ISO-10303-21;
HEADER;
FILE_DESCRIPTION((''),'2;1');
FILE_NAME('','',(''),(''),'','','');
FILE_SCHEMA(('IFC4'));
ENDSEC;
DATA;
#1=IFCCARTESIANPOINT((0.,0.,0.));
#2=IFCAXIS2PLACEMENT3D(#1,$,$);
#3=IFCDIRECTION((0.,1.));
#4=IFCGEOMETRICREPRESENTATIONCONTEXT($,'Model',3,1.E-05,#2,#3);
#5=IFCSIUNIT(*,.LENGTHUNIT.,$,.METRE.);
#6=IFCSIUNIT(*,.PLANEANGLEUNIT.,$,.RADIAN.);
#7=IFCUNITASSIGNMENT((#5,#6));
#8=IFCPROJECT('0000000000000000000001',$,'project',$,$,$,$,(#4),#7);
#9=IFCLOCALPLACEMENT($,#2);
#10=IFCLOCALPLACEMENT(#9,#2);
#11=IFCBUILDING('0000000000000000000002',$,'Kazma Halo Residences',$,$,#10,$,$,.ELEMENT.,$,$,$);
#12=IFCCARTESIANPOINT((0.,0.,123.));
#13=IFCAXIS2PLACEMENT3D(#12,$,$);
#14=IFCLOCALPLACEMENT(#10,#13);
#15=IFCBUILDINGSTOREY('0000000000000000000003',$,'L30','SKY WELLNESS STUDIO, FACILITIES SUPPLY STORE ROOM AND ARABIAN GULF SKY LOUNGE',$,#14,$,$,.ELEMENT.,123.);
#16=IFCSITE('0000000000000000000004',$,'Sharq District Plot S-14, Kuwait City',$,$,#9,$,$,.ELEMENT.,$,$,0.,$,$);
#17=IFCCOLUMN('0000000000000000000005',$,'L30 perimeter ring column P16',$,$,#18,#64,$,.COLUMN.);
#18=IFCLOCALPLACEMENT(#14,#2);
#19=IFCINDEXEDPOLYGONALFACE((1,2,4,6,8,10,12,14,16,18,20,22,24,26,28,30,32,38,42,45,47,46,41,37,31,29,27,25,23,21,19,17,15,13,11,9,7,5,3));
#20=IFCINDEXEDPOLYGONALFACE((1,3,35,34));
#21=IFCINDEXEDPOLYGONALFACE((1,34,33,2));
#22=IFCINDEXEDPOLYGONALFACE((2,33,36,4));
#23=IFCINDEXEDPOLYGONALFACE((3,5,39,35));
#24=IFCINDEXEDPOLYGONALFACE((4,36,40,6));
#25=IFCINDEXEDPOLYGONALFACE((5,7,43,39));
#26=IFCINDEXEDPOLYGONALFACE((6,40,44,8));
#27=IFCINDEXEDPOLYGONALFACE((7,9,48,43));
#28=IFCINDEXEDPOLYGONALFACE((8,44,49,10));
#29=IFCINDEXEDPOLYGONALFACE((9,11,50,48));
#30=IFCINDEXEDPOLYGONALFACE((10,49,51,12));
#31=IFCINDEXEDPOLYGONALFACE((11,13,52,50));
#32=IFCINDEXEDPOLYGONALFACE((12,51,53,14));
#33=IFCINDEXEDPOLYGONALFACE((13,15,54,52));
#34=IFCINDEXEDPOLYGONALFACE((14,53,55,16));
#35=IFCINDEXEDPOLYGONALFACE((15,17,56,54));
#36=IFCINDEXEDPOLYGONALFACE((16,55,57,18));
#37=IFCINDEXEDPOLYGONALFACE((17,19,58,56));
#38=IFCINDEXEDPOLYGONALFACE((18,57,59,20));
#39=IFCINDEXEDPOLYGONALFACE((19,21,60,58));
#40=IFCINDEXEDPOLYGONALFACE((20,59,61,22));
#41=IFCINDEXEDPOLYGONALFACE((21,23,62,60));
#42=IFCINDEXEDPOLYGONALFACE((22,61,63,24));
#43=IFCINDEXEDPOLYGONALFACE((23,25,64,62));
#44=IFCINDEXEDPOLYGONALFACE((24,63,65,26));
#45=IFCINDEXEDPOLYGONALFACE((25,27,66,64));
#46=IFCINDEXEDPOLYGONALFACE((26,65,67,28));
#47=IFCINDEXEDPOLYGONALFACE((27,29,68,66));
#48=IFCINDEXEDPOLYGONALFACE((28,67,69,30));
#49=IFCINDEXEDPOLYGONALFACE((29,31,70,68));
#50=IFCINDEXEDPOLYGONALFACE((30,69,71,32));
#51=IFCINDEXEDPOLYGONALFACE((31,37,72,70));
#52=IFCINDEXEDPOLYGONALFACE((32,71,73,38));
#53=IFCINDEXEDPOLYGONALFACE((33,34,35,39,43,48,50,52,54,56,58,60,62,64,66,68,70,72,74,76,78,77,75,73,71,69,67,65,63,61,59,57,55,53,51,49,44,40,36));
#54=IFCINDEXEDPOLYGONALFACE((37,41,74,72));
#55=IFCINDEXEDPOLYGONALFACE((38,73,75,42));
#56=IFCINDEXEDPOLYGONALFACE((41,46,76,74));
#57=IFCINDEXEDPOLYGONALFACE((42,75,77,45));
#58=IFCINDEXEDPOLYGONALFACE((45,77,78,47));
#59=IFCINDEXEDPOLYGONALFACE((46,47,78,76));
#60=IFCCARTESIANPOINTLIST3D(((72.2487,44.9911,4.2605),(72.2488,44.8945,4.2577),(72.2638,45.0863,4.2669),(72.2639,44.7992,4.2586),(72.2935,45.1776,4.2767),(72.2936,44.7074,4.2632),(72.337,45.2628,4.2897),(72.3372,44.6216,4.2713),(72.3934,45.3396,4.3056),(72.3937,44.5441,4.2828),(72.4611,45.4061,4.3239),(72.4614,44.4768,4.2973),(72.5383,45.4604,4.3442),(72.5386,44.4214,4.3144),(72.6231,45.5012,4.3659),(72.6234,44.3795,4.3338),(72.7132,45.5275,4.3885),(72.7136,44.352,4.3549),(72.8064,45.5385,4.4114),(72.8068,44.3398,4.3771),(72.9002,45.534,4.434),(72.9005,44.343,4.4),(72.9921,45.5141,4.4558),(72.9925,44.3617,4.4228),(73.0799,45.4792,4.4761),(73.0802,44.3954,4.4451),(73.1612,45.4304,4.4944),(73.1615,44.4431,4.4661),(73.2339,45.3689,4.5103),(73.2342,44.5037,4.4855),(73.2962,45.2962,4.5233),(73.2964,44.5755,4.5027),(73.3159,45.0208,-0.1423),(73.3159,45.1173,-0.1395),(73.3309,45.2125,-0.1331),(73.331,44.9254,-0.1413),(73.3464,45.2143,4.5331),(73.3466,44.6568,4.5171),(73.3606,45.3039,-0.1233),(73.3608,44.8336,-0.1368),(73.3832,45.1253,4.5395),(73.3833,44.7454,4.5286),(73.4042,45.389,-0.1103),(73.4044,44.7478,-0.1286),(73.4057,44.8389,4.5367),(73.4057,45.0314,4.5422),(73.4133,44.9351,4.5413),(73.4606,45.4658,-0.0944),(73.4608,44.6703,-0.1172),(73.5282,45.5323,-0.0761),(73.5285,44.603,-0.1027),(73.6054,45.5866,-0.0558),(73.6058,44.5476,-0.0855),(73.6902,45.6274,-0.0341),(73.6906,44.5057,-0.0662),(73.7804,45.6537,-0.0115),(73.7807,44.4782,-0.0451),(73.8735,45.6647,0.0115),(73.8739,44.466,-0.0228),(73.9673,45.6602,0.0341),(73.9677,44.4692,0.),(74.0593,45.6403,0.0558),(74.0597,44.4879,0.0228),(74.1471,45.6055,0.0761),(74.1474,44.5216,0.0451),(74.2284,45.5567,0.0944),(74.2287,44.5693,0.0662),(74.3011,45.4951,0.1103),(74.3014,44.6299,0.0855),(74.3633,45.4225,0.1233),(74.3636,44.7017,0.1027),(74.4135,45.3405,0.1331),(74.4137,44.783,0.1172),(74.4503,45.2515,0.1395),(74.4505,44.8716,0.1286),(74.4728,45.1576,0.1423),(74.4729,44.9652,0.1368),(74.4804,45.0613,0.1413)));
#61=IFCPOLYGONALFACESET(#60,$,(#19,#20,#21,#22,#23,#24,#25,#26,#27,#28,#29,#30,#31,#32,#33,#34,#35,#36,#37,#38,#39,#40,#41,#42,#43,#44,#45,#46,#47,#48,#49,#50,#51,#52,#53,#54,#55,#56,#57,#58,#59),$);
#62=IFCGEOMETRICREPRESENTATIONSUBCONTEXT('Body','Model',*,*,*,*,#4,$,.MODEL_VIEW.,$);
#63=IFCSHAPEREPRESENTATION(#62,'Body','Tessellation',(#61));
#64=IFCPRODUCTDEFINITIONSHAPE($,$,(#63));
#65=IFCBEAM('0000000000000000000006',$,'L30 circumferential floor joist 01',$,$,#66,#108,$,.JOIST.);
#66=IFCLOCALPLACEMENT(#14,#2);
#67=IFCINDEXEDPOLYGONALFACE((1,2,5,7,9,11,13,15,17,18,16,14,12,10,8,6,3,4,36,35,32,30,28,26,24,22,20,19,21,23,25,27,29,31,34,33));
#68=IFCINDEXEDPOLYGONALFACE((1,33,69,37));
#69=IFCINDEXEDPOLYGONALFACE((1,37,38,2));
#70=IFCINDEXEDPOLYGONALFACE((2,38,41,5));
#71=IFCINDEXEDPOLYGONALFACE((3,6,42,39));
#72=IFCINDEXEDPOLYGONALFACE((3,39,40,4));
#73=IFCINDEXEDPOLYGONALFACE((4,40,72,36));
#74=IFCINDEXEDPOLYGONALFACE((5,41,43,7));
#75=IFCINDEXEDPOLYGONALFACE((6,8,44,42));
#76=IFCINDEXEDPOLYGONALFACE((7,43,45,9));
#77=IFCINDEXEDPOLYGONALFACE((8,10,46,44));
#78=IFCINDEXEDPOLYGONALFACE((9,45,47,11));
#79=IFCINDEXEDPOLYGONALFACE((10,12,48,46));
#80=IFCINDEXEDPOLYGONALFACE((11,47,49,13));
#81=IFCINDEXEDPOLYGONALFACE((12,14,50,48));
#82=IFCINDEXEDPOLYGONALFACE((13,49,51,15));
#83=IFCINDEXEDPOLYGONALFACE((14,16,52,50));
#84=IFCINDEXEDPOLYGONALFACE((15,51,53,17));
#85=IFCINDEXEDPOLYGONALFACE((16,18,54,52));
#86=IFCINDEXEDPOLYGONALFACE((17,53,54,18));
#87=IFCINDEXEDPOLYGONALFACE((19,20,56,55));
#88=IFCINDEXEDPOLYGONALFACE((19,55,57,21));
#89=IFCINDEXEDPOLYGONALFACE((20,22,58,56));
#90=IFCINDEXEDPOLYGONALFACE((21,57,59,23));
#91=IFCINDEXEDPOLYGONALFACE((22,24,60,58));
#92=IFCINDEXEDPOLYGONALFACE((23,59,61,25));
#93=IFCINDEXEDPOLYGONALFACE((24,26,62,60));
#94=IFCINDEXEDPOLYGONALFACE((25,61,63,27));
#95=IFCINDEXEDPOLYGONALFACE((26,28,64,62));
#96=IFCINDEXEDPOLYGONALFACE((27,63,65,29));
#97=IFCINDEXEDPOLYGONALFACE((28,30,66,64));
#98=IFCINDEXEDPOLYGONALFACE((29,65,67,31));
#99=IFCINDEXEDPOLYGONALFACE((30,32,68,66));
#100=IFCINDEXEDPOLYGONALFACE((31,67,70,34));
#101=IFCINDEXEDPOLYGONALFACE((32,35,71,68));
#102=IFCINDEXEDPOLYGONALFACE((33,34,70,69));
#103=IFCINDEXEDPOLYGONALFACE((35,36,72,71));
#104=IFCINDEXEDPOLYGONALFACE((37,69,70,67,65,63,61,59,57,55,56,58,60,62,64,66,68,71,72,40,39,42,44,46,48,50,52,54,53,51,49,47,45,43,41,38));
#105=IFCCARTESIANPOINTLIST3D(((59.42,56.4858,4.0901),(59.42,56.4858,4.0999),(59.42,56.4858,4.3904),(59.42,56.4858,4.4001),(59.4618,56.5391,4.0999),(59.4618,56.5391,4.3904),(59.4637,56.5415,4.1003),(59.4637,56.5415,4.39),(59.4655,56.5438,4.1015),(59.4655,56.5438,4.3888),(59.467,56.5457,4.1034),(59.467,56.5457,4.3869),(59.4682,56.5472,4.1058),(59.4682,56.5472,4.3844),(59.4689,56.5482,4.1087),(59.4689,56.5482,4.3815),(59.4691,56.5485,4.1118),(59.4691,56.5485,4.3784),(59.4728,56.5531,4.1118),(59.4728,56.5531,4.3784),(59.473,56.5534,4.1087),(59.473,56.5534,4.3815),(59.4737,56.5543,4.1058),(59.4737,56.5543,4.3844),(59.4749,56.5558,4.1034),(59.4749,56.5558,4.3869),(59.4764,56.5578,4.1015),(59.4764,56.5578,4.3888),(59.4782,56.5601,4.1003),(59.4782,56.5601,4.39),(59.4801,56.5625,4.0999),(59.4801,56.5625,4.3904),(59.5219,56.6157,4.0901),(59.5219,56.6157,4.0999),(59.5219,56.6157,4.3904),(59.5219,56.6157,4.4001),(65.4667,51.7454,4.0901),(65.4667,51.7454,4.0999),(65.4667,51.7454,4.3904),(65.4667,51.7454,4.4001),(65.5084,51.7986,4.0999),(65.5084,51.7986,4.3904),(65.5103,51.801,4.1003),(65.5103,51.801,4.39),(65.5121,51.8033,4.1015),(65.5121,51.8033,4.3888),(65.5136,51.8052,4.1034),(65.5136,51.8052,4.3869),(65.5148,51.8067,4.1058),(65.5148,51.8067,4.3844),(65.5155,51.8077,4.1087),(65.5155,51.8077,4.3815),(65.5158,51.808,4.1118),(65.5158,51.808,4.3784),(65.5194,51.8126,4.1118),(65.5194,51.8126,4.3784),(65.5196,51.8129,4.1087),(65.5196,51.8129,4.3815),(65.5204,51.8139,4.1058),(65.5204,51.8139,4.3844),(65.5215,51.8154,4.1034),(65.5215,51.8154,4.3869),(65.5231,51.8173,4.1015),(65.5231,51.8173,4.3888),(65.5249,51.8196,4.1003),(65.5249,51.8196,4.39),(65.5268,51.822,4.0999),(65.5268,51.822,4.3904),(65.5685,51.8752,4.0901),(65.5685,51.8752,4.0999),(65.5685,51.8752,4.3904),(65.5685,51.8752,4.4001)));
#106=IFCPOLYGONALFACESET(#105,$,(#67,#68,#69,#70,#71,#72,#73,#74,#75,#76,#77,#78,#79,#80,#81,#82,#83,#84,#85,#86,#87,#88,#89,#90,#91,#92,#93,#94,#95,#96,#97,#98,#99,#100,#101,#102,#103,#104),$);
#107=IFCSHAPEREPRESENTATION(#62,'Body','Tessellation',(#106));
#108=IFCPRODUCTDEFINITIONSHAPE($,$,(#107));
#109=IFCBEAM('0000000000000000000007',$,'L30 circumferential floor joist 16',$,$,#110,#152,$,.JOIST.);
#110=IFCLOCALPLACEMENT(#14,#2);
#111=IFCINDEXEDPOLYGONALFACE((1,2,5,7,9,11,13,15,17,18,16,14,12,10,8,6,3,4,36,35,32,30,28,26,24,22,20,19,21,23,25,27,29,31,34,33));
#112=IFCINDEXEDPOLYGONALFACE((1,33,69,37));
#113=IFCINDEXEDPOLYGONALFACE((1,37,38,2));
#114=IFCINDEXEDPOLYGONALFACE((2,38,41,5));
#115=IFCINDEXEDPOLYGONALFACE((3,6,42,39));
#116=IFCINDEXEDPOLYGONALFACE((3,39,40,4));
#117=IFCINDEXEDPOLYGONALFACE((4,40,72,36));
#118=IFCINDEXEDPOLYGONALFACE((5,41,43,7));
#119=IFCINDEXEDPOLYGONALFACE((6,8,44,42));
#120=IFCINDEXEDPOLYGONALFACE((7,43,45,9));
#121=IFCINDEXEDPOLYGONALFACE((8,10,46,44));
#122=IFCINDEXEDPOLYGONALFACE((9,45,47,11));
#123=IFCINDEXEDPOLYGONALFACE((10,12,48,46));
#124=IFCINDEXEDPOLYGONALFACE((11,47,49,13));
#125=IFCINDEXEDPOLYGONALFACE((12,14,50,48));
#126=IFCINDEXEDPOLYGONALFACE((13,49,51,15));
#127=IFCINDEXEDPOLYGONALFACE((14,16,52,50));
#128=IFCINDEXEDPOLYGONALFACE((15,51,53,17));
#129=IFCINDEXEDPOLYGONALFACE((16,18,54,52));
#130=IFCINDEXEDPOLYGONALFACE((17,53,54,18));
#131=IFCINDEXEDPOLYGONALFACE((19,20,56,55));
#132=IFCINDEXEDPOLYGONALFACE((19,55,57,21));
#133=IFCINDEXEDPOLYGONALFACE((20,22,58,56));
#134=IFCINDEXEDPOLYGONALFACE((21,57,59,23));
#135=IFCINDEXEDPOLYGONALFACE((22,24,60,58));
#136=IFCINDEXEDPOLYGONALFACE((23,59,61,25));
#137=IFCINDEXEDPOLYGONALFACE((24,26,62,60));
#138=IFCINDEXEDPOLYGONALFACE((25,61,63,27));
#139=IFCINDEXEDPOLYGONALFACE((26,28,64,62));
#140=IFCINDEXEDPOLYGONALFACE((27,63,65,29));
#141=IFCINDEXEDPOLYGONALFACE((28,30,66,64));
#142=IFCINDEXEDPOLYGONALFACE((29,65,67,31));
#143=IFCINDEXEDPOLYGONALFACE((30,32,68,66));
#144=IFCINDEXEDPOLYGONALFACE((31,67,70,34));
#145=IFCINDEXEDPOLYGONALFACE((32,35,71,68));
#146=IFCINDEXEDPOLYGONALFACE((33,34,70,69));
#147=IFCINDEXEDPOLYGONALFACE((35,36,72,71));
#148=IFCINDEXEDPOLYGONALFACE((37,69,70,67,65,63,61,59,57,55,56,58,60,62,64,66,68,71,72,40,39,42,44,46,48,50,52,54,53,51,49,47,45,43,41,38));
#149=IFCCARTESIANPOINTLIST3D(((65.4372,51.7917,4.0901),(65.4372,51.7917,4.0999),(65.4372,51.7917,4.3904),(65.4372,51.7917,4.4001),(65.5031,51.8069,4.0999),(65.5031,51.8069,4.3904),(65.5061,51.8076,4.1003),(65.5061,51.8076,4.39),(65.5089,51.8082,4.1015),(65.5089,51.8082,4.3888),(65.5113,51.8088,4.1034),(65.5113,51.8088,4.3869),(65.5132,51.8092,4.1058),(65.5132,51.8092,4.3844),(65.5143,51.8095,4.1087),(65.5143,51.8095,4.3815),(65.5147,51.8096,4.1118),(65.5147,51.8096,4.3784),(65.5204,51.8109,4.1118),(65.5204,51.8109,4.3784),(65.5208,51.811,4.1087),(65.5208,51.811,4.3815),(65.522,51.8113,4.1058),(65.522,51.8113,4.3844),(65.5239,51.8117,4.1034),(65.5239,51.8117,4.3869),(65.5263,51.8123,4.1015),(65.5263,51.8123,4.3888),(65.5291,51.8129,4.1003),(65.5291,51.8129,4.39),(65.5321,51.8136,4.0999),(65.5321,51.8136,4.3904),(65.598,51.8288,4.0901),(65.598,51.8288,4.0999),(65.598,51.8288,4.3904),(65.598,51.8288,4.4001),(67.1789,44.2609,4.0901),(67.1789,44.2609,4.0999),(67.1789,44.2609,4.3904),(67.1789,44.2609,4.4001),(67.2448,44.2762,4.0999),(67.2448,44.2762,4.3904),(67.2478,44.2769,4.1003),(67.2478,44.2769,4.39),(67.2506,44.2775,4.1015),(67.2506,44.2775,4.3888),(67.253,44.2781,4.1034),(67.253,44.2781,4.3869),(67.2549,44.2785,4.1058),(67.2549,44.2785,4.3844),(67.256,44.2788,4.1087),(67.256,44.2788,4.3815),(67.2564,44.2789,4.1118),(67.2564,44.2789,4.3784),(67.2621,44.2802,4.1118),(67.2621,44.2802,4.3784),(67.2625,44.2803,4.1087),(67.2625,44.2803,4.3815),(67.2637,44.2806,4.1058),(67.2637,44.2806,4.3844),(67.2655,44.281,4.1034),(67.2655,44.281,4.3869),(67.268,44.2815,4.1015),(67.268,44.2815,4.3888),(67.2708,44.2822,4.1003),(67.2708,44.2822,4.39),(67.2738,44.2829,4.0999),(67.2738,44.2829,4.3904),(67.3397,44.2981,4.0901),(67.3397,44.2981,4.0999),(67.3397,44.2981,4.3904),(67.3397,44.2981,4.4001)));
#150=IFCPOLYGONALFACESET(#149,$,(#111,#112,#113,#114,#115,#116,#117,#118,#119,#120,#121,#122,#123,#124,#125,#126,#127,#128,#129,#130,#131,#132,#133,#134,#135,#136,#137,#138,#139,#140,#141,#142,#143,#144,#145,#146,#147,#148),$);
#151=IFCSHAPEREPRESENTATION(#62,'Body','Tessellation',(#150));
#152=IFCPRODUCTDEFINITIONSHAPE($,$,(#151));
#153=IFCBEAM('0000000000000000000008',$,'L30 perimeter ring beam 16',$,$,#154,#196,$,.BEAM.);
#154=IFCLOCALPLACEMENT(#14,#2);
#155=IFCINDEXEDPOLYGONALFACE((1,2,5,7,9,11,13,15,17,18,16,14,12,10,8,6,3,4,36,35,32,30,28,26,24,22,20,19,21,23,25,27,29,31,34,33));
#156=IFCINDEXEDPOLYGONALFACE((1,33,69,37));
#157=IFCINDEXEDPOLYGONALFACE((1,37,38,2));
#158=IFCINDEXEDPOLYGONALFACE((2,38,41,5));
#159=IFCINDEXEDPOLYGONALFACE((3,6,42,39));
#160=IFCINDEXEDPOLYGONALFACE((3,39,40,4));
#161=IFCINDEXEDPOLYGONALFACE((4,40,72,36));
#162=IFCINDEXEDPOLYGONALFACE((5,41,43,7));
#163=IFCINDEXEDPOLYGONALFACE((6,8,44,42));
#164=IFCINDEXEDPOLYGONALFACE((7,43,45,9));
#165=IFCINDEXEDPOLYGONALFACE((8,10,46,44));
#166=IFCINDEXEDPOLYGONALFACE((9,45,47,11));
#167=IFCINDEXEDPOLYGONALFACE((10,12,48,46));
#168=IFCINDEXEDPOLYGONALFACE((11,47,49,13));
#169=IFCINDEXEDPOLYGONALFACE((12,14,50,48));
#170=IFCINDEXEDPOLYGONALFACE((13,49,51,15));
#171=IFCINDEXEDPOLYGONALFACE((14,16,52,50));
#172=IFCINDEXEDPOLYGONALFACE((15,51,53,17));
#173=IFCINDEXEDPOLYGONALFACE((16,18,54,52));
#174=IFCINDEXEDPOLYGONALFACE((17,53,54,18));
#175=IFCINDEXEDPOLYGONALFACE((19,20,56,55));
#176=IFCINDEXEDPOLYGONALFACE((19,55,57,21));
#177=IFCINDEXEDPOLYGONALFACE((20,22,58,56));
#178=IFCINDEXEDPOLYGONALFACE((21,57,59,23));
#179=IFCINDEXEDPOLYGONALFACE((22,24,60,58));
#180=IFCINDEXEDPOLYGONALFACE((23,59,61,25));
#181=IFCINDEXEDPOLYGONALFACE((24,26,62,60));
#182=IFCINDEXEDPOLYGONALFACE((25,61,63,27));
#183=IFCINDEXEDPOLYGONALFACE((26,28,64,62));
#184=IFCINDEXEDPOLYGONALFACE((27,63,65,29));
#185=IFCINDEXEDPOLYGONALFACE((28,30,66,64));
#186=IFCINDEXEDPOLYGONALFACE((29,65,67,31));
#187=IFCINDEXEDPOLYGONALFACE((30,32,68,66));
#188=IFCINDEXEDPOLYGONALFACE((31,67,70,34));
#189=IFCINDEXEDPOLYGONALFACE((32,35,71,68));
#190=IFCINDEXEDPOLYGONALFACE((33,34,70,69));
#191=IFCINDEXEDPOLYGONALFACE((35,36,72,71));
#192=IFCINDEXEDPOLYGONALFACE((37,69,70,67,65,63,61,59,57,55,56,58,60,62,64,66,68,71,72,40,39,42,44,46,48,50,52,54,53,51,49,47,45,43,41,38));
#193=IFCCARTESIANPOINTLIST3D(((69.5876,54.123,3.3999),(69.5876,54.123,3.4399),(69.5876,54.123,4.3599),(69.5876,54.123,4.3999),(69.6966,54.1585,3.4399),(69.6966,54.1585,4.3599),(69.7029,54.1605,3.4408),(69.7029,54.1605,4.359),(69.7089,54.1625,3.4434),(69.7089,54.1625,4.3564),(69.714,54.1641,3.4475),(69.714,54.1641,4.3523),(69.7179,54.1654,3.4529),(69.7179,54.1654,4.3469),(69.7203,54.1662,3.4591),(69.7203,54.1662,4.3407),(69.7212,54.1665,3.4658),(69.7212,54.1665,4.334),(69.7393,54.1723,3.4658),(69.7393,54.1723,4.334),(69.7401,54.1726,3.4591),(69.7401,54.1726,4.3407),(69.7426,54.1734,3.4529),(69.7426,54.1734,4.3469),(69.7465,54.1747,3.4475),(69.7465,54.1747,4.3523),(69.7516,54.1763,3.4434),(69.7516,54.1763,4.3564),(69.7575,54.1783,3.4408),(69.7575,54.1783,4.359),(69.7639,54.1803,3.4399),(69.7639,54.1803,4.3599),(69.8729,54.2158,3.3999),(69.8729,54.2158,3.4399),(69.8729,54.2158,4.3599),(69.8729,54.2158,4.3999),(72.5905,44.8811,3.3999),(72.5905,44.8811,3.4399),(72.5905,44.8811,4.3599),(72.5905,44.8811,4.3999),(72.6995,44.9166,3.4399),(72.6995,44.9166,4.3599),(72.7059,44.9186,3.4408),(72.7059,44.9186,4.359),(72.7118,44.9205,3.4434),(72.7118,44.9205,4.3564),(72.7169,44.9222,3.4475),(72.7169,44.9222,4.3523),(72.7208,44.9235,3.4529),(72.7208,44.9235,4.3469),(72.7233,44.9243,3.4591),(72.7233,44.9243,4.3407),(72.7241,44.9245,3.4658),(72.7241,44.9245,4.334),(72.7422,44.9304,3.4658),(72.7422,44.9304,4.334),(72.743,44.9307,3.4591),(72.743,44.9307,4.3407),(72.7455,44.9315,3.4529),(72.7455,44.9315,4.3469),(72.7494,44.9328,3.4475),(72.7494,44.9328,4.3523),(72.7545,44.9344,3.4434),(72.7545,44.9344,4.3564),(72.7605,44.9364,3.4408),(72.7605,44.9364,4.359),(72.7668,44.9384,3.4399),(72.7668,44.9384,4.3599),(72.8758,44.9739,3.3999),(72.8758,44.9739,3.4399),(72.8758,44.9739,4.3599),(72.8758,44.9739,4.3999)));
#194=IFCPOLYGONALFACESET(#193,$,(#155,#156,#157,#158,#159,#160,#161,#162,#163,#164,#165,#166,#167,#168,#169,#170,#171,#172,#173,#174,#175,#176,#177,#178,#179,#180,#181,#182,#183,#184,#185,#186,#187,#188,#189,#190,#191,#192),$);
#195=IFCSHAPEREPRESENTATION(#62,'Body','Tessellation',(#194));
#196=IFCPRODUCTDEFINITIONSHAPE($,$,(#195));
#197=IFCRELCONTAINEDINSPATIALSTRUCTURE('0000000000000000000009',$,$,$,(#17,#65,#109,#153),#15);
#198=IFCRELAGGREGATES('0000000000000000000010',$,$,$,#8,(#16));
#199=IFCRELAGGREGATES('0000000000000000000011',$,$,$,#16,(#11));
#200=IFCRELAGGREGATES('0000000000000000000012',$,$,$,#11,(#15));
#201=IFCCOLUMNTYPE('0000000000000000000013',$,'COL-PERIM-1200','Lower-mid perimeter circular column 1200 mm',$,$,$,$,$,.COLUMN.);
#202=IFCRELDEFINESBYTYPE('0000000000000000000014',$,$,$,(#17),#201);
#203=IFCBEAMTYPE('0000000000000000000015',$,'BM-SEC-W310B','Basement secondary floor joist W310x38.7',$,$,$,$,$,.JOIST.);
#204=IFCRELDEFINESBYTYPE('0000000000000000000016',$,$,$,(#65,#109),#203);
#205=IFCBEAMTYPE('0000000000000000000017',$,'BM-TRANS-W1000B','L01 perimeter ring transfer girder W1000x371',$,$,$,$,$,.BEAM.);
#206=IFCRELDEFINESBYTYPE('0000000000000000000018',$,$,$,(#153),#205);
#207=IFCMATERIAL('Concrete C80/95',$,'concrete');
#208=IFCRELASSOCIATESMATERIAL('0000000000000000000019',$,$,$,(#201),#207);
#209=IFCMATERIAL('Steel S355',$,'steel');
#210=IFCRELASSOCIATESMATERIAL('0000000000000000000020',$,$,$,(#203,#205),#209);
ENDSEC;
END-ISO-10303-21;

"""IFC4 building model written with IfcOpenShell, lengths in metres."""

from ifc_helpers import new_model, si_unit, direction, frame, origin, origin_2d, place, context, subcontext, project, spatial, circle, i_section, extrude, material, material_profile, profile_set, type_object, element, save


model = new_model("IFC4")

# Units and contexts
model_context = context("Model", 3, precision=1e-05, world=origin(), true_north=direction((0.0, 1.0)))
body_context = subcontext(model_context, "Body", "Model", "MODEL_VIEW")
ifc_project = project(units=[si_unit("LENGTHUNIT", "METRE"), si_unit("PLANEANGLEUNIT", "RADIAN")], contexts=[model_context])

# Site, building, storey
site_placement = place(None, origin())
site = spatial("IfcSite", under=ifc_project, at=site_placement, Name="Sharq District Plot S-14, Kuwait City", CompositionType="ELEMENT", RefElevation=0.0)
building_placement = place(site_placement, origin())
building = spatial("IfcBuilding", under=site, at=building_placement, Name="Kazma Halo Residences", CompositionType="ELEMENT")
storey_placement = place(building_placement, frame((0.0, 0.0, 123.0)))
storey = spatial("IfcBuildingStorey", under=building, at=storey_placement, Name="L30", Description="SKY WELLNESS STUDIO, FACILITIES SUPPLY STORE ROOM AND ARABIAN GULF SKY LOUNGE", CompositionType="ELEMENT", Elevation=123.0)

# Column
ifc_material_1 = material(Name="Concrete C80/95", Category="concrete")
ifc_material_profile_1 = material_profile(ifc_material_1, circle(Radius=0.6001, at=origin_2d()), Name="CIRC1200")
ifc_profile_set_1 = profile_set([ifc_material_profile_1], Name="Concrete C80/95")
column_type = type_object("IfcColumnType", Name="COL-PERIM-1200", Description="Lower-mid perimeter circular column 1200 mm", PredefinedType="COLUMN", material=ifc_profile_set_1)
column_placement = place(storey_placement, frame((73.8972, 45.0652, 0.0), z_axis=(-0.235612, -0.027868, 0.971448), x_axis=(0.117461, -0.993078, 0.0)))
element("IfcColumn", 1, at=column_placement, inside=storey, type_object=column_type, Name="L30 perimeter ring column P16", PredefinedType="COLUMN", context=body_context, shape_type="SweptSolid", body=[
    extrude(circle(Radius=0.6001, at=origin_2d()), origin(), (0.0, 0.0, 1.0), 4.5293),
])

# Beams
ifc_material_2 = material(Name="Steel S355", Category="steel")
ifc_material_profile_2 = material_profile(ifc_material_2, i_section(OverallWidth=0.165, OverallDepth=0.3101, WebThickness=0.0059, FlangeThickness=0.0098, FilletRadius=0.012, at=origin_2d()), Name="W310x38.7")
ifc_profile_set_2 = profile_set([ifc_material_profile_2], Name="Steel S355")
beam_type_1 = type_object("IfcBeamType", Name="BM-SEC-W310B", Description="Basement secondary floor joist W310x38.7", PredefinedType="JOIST", material=ifc_profile_set_2)
beam_1_placement = place(storey_placement, frame((65.5176, 51.8103, 4.2451), z_axis=(-0.786978, 0.616981, 0.0), x_axis=(-0.616981, -0.786978, 0.0)))
element("IfcBeam", 2, at=beam_1_placement, inside=storey, type_object=beam_type_1, Name="L30 circumferential floor joist 01", PredefinedType="JOIST", context=body_context, shape_type="SweptSolid", body=[
    extrude(i_section(OverallWidth=0.165, OverallDepth=0.3101, WebThickness=0.0059, FlangeThickness=0.0098, FilletRadius=0.012, at=origin_2d()), origin(), (0.0, 0.0, 1.0), 7.6833),
])
beam_2_placement = place(storey_placement, frame((67.2593, 44.2795, 4.2451), z_axis=(-0.22533, 0.974282, 0.0), x_axis=(-0.974282, -0.22533, 0.0)))
element("IfcBeam", 3, at=beam_2_placement, inside=storey, type_object=beam_type_1, Name="L30 circumferential floor joist 16", PredefinedType="JOIST", context=body_context, shape_type="SweptSolid", body=[
    extrude(i_section(OverallWidth=0.165, OverallDepth=0.3101, WebThickness=0.0059, FlangeThickness=0.0098, FilletRadius=0.012, at=origin_2d()), origin(), (0.0, 0.0, 1.0), 7.7295),
])
ifc_material_profile_3 = material_profile(ifc_material_2, i_section(OverallWidth=0.3, OverallDepth=1.0, WebThickness=0.019, FlangeThickness=0.04, FilletRadius=0.0259, at=origin_2d()), Name="W1000x371")
ifc_profile_set_3 = profile_set([ifc_material_profile_3], Name="Steel S355")
beam_type_2 = type_object("IfcBeamType", Name="BM-TRANS-W1000B", Description="L01 perimeter ring transfer girder W1000x371", PredefinedType="BEAM", material=ifc_profile_set_3)
beam_3_placement = place(storey_placement, frame((72.7332, 44.9275, 3.8999), z_axis=(-0.309021, 0.951055, 0.0), x_axis=(-0.951055, -0.309021, 0.0)))
element("IfcBeam", 4, at=beam_3_placement, inside=storey, type_object=beam_type_2, Name="L30 perimeter ring beam 16", PredefinedType="BEAM", context=body_context, shape_type="SweptSolid", body=[
    extrude(i_section(OverallWidth=0.3, OverallDepth=1.0, WebThickness=0.019, FlangeThickness=0.04, FilletRadius=0.0259, at=origin_2d()), origin(), (0.0, 0.0, 1.0), 9.7175),
])

save(model, "model.ifc")
